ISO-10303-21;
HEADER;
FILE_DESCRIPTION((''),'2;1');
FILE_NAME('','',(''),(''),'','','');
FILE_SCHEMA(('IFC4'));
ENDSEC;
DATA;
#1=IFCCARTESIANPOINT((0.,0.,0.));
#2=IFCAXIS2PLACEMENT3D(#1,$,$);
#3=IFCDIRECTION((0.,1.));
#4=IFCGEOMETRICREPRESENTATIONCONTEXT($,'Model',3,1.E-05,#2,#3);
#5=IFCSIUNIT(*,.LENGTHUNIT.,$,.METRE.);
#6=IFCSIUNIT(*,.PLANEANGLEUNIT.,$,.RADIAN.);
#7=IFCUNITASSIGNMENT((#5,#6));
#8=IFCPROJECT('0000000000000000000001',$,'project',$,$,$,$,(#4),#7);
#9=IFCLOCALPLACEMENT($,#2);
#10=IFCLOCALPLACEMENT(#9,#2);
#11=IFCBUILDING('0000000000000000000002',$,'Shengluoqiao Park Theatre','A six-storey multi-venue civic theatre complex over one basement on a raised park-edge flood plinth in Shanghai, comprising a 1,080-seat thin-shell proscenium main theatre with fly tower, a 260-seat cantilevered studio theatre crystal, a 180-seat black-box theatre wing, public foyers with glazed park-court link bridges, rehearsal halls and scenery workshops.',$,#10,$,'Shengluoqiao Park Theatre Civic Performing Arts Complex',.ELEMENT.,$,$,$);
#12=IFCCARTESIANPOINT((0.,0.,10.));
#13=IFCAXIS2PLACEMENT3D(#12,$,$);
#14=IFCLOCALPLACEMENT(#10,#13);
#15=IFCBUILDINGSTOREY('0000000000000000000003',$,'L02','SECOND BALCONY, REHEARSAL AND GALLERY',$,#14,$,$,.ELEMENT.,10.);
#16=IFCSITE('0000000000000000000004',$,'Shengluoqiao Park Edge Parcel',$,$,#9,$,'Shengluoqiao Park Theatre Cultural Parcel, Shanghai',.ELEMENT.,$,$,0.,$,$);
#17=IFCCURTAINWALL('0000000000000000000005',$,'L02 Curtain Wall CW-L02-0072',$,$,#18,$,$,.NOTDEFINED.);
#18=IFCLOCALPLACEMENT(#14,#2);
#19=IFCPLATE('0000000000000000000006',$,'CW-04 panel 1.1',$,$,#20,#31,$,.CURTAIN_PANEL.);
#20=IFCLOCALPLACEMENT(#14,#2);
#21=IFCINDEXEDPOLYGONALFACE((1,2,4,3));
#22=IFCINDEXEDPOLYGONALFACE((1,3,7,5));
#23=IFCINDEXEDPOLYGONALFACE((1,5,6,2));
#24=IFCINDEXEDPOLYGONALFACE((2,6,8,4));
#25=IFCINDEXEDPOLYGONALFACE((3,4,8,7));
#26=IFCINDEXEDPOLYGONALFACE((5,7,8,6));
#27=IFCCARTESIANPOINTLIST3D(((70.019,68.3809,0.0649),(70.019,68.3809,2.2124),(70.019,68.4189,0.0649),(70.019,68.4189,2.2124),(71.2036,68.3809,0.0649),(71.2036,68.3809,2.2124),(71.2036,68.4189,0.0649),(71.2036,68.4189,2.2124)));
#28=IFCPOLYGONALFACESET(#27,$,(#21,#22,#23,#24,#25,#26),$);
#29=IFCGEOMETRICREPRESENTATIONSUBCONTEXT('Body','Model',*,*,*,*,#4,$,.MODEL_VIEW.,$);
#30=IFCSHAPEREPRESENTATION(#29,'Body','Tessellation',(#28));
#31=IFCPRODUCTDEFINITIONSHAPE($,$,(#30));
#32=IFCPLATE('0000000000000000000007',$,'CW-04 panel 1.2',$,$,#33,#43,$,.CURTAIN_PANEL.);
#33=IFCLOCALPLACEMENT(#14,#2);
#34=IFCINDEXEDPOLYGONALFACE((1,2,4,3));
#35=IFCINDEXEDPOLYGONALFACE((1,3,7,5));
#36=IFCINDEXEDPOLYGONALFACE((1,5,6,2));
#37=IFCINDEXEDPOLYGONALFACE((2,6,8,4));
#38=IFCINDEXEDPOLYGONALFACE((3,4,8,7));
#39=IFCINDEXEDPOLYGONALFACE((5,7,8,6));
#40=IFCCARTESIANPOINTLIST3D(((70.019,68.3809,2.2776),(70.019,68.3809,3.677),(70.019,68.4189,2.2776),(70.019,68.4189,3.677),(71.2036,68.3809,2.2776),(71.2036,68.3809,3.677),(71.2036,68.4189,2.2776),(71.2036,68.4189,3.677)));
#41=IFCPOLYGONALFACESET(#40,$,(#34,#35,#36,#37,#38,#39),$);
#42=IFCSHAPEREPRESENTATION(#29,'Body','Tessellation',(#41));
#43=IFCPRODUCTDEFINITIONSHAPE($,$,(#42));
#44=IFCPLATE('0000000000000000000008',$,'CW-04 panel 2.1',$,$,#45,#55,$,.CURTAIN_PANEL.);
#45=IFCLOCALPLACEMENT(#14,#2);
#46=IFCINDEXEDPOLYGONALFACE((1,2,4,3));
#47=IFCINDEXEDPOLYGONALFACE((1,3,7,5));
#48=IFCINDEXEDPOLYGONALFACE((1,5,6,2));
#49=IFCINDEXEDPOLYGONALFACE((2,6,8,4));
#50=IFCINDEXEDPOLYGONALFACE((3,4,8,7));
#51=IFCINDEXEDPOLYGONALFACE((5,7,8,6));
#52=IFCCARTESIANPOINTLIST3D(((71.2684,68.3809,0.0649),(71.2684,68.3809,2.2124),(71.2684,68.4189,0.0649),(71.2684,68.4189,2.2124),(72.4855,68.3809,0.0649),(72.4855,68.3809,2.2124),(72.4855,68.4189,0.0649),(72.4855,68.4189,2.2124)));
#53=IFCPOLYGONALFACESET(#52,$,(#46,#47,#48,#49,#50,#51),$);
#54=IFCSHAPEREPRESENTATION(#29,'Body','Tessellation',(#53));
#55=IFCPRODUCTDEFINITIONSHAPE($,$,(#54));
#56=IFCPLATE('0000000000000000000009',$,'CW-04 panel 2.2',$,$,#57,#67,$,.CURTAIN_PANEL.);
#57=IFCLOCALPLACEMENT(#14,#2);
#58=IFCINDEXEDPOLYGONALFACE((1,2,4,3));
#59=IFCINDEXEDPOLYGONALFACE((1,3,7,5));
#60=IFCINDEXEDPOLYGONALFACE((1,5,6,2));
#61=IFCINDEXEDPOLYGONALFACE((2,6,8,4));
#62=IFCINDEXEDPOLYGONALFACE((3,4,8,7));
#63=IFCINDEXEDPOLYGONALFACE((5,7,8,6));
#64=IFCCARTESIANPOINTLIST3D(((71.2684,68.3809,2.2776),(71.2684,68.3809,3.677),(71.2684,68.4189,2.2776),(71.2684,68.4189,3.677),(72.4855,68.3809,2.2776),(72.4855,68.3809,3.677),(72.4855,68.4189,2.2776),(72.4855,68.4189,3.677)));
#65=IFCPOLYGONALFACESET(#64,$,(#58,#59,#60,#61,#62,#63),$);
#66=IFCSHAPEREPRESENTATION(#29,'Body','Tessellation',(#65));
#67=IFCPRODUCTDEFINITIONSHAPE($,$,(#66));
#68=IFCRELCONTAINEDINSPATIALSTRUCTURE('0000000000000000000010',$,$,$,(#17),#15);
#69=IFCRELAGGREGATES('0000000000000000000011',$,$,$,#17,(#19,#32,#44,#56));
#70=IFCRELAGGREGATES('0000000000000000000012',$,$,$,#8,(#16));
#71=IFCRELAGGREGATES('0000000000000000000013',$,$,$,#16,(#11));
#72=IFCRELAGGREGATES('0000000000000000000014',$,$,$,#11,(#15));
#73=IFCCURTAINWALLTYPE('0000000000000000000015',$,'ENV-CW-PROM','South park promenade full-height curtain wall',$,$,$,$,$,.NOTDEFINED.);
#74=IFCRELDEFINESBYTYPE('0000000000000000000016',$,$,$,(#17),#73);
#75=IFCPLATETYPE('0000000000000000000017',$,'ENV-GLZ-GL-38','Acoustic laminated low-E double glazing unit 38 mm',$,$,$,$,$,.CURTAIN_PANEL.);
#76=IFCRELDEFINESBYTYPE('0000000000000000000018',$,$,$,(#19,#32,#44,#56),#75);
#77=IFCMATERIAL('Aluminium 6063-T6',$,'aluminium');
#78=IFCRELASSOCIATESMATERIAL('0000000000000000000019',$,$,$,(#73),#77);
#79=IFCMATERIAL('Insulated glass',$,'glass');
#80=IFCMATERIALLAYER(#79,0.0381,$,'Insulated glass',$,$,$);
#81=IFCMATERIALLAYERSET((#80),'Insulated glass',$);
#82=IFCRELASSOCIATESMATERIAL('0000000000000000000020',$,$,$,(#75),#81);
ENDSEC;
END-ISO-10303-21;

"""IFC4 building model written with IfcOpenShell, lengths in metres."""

from ifc_helpers import new_model, si_unit, direction, frame, origin, origin_2d, place, context, subcontext, project, spatial, rectangle, extrude, material, layer, layer_set, type_object, element, aggregate, save


model = new_model("IFC4")

# Units and contexts
model_context = context("Model", 3, precision=1e-05, world=origin(), true_north=direction((0.0, 1.0)))
body_context = subcontext(model_context, "Body", "Model", "MODEL_VIEW")
ifc_project = project(units=[si_unit("LENGTHUNIT", "METRE"), si_unit("PLANEANGLEUNIT", "RADIAN")], contexts=[model_context])

# Site, building, storey
site_placement = place(None, origin())
site = spatial("IfcSite", under=ifc_project, at=site_placement, Name="Shengluoqiao Park Edge Parcel", LongName="Shengluoqiao Park Theatre Cultural Parcel, Shanghai", CompositionType="ELEMENT", RefElevation=0.0)
building_placement = place(site_placement, origin())
building = spatial("IfcBuilding", under=site, at=building_placement, Name="Shengluoqiao Park Theatre", Description="A six-storey multi-venue civic theatre complex over one basement on a raised park-edge flood plinth in Shanghai, comprising a 1,080-seat thin-shell proscenium main theatre with fly tower, a 260-seat cantilevered studio theatre crystal, a 180-seat black-box theatre wing, public foyers with glazed park-court link bridges, rehearsal halls and scenery workshops.", LongName="Shengluoqiao Park Theatre Civic Performing Arts Complex", CompositionType="ELEMENT")
storey_placement = place(building_placement, frame((0.0, 0.0, 10.0)))
storey = spatial("IfcBuildingStorey", under=building, at=storey_placement, Name="L02", Description="SECOND BALCONY, REHEARSAL AND GALLERY", CompositionType="ELEMENT", Elevation=10.0)

# Shared definitions
ifc_material_1 = material(Name="Aluminium 6063-T6", Category="aluminium")
curtain_wall_type = type_object("IfcCurtainWallType", Name="ENV-CW-PROM", Description="South park promenade full-height curtain wall", PredefinedType="NOTDEFINED", material=ifc_material_1)

# Curtain wall
curtain_wall_1_placement = place(storey_placement, origin())
curtain_wall_1 = element("IfcCurtainWall", 1, at=curtain_wall_1_placement, inside=storey, type_object=curtain_wall_type, Name="L02 Curtain Wall CW-L02-0072", PredefinedType="NOTDEFINED")

# Plates
ifc_material_2 = material(Name="Insulated glass", Category="glass")
ifc_layer = layer(ifc_material_2, 0.0381, Name="Insulated glass")
ifc_layer_set = layer_set([ifc_layer], Name="Insulated glass")
plate_type = type_object("IfcPlateType", Name="ENV-GLZ-GL-38", Description="Acoustic laminated low-E double glazing unit 38 mm", PredefinedType="CURTAIN_PANEL", material=ifc_layer_set)
plate_1_placement = place(storey_placement, frame((70.6113, 68.3999, 0.0649), z_axis=(0.0, 0.0, 1.0), x_axis=(1.0, 0.0, 0.0)))
plate_1 = element("IfcPlate", 2, at=plate_1_placement, type_object=plate_type, Name="CW-04 panel 1.1", PredefinedType="CURTAIN_PANEL", context=body_context, shape_type="SweptSolid", body=[
    extrude(rectangle(XDim=1.1846, YDim=0.0381, at=origin_2d()), origin(), (0.0, 0.0, 1.0), 2.1475),
])
plate_2_placement = place(storey_placement, frame((70.6113, 68.3999, 2.2776), z_axis=(0.0, 0.0, 1.0), x_axis=(1.0, 0.0, 0.0)))
plate_2 = element("IfcPlate", 3, at=plate_2_placement, type_object=plate_type, Name="CW-04 panel 1.2", PredefinedType="CURTAIN_PANEL", context=body_context, shape_type="SweptSolid", body=[
    extrude(rectangle(XDim=1.1846, YDim=0.0381, at=origin_2d()), origin(), (0.0, 0.0, 1.0), 1.3994),
])
plate_3_placement = place(storey_placement, frame((71.877, 68.3999, 0.0649), z_axis=(0.0, 0.0, 1.0), x_axis=(1.0, 0.0, 0.0)))
plate_3 = element("IfcPlate", 4, at=plate_3_placement, type_object=plate_type, Name="CW-04 panel 2.1", PredefinedType="CURTAIN_PANEL", context=body_context, shape_type="SweptSolid", body=[
    extrude(rectangle(XDim=1.217, YDim=0.0381, at=origin_2d()), origin(), (0.0, 0.0, 1.0), 2.1475),
])
plate_4_placement = place(storey_placement, frame((71.877, 68.3999, 2.2776), z_axis=(0.0, 0.0, 1.0), x_axis=(1.0, 0.0, 0.0)))
plate_4 = element("IfcPlate", 5, at=plate_4_placement, type_object=plate_type, Name="CW-04 panel 2.2", PredefinedType="CURTAIN_PANEL", context=body_context, shape_type="SweptSolid", body=[
    extrude(rectangle(XDim=1.217, YDim=0.0381, at=origin_2d()), origin(), (0.0, 0.0, 1.0), 1.3994),
])
aggregate(curtain_wall_1, [plate_1, plate_2, plate_3, plate_4])

save(model, "model.ifc")
